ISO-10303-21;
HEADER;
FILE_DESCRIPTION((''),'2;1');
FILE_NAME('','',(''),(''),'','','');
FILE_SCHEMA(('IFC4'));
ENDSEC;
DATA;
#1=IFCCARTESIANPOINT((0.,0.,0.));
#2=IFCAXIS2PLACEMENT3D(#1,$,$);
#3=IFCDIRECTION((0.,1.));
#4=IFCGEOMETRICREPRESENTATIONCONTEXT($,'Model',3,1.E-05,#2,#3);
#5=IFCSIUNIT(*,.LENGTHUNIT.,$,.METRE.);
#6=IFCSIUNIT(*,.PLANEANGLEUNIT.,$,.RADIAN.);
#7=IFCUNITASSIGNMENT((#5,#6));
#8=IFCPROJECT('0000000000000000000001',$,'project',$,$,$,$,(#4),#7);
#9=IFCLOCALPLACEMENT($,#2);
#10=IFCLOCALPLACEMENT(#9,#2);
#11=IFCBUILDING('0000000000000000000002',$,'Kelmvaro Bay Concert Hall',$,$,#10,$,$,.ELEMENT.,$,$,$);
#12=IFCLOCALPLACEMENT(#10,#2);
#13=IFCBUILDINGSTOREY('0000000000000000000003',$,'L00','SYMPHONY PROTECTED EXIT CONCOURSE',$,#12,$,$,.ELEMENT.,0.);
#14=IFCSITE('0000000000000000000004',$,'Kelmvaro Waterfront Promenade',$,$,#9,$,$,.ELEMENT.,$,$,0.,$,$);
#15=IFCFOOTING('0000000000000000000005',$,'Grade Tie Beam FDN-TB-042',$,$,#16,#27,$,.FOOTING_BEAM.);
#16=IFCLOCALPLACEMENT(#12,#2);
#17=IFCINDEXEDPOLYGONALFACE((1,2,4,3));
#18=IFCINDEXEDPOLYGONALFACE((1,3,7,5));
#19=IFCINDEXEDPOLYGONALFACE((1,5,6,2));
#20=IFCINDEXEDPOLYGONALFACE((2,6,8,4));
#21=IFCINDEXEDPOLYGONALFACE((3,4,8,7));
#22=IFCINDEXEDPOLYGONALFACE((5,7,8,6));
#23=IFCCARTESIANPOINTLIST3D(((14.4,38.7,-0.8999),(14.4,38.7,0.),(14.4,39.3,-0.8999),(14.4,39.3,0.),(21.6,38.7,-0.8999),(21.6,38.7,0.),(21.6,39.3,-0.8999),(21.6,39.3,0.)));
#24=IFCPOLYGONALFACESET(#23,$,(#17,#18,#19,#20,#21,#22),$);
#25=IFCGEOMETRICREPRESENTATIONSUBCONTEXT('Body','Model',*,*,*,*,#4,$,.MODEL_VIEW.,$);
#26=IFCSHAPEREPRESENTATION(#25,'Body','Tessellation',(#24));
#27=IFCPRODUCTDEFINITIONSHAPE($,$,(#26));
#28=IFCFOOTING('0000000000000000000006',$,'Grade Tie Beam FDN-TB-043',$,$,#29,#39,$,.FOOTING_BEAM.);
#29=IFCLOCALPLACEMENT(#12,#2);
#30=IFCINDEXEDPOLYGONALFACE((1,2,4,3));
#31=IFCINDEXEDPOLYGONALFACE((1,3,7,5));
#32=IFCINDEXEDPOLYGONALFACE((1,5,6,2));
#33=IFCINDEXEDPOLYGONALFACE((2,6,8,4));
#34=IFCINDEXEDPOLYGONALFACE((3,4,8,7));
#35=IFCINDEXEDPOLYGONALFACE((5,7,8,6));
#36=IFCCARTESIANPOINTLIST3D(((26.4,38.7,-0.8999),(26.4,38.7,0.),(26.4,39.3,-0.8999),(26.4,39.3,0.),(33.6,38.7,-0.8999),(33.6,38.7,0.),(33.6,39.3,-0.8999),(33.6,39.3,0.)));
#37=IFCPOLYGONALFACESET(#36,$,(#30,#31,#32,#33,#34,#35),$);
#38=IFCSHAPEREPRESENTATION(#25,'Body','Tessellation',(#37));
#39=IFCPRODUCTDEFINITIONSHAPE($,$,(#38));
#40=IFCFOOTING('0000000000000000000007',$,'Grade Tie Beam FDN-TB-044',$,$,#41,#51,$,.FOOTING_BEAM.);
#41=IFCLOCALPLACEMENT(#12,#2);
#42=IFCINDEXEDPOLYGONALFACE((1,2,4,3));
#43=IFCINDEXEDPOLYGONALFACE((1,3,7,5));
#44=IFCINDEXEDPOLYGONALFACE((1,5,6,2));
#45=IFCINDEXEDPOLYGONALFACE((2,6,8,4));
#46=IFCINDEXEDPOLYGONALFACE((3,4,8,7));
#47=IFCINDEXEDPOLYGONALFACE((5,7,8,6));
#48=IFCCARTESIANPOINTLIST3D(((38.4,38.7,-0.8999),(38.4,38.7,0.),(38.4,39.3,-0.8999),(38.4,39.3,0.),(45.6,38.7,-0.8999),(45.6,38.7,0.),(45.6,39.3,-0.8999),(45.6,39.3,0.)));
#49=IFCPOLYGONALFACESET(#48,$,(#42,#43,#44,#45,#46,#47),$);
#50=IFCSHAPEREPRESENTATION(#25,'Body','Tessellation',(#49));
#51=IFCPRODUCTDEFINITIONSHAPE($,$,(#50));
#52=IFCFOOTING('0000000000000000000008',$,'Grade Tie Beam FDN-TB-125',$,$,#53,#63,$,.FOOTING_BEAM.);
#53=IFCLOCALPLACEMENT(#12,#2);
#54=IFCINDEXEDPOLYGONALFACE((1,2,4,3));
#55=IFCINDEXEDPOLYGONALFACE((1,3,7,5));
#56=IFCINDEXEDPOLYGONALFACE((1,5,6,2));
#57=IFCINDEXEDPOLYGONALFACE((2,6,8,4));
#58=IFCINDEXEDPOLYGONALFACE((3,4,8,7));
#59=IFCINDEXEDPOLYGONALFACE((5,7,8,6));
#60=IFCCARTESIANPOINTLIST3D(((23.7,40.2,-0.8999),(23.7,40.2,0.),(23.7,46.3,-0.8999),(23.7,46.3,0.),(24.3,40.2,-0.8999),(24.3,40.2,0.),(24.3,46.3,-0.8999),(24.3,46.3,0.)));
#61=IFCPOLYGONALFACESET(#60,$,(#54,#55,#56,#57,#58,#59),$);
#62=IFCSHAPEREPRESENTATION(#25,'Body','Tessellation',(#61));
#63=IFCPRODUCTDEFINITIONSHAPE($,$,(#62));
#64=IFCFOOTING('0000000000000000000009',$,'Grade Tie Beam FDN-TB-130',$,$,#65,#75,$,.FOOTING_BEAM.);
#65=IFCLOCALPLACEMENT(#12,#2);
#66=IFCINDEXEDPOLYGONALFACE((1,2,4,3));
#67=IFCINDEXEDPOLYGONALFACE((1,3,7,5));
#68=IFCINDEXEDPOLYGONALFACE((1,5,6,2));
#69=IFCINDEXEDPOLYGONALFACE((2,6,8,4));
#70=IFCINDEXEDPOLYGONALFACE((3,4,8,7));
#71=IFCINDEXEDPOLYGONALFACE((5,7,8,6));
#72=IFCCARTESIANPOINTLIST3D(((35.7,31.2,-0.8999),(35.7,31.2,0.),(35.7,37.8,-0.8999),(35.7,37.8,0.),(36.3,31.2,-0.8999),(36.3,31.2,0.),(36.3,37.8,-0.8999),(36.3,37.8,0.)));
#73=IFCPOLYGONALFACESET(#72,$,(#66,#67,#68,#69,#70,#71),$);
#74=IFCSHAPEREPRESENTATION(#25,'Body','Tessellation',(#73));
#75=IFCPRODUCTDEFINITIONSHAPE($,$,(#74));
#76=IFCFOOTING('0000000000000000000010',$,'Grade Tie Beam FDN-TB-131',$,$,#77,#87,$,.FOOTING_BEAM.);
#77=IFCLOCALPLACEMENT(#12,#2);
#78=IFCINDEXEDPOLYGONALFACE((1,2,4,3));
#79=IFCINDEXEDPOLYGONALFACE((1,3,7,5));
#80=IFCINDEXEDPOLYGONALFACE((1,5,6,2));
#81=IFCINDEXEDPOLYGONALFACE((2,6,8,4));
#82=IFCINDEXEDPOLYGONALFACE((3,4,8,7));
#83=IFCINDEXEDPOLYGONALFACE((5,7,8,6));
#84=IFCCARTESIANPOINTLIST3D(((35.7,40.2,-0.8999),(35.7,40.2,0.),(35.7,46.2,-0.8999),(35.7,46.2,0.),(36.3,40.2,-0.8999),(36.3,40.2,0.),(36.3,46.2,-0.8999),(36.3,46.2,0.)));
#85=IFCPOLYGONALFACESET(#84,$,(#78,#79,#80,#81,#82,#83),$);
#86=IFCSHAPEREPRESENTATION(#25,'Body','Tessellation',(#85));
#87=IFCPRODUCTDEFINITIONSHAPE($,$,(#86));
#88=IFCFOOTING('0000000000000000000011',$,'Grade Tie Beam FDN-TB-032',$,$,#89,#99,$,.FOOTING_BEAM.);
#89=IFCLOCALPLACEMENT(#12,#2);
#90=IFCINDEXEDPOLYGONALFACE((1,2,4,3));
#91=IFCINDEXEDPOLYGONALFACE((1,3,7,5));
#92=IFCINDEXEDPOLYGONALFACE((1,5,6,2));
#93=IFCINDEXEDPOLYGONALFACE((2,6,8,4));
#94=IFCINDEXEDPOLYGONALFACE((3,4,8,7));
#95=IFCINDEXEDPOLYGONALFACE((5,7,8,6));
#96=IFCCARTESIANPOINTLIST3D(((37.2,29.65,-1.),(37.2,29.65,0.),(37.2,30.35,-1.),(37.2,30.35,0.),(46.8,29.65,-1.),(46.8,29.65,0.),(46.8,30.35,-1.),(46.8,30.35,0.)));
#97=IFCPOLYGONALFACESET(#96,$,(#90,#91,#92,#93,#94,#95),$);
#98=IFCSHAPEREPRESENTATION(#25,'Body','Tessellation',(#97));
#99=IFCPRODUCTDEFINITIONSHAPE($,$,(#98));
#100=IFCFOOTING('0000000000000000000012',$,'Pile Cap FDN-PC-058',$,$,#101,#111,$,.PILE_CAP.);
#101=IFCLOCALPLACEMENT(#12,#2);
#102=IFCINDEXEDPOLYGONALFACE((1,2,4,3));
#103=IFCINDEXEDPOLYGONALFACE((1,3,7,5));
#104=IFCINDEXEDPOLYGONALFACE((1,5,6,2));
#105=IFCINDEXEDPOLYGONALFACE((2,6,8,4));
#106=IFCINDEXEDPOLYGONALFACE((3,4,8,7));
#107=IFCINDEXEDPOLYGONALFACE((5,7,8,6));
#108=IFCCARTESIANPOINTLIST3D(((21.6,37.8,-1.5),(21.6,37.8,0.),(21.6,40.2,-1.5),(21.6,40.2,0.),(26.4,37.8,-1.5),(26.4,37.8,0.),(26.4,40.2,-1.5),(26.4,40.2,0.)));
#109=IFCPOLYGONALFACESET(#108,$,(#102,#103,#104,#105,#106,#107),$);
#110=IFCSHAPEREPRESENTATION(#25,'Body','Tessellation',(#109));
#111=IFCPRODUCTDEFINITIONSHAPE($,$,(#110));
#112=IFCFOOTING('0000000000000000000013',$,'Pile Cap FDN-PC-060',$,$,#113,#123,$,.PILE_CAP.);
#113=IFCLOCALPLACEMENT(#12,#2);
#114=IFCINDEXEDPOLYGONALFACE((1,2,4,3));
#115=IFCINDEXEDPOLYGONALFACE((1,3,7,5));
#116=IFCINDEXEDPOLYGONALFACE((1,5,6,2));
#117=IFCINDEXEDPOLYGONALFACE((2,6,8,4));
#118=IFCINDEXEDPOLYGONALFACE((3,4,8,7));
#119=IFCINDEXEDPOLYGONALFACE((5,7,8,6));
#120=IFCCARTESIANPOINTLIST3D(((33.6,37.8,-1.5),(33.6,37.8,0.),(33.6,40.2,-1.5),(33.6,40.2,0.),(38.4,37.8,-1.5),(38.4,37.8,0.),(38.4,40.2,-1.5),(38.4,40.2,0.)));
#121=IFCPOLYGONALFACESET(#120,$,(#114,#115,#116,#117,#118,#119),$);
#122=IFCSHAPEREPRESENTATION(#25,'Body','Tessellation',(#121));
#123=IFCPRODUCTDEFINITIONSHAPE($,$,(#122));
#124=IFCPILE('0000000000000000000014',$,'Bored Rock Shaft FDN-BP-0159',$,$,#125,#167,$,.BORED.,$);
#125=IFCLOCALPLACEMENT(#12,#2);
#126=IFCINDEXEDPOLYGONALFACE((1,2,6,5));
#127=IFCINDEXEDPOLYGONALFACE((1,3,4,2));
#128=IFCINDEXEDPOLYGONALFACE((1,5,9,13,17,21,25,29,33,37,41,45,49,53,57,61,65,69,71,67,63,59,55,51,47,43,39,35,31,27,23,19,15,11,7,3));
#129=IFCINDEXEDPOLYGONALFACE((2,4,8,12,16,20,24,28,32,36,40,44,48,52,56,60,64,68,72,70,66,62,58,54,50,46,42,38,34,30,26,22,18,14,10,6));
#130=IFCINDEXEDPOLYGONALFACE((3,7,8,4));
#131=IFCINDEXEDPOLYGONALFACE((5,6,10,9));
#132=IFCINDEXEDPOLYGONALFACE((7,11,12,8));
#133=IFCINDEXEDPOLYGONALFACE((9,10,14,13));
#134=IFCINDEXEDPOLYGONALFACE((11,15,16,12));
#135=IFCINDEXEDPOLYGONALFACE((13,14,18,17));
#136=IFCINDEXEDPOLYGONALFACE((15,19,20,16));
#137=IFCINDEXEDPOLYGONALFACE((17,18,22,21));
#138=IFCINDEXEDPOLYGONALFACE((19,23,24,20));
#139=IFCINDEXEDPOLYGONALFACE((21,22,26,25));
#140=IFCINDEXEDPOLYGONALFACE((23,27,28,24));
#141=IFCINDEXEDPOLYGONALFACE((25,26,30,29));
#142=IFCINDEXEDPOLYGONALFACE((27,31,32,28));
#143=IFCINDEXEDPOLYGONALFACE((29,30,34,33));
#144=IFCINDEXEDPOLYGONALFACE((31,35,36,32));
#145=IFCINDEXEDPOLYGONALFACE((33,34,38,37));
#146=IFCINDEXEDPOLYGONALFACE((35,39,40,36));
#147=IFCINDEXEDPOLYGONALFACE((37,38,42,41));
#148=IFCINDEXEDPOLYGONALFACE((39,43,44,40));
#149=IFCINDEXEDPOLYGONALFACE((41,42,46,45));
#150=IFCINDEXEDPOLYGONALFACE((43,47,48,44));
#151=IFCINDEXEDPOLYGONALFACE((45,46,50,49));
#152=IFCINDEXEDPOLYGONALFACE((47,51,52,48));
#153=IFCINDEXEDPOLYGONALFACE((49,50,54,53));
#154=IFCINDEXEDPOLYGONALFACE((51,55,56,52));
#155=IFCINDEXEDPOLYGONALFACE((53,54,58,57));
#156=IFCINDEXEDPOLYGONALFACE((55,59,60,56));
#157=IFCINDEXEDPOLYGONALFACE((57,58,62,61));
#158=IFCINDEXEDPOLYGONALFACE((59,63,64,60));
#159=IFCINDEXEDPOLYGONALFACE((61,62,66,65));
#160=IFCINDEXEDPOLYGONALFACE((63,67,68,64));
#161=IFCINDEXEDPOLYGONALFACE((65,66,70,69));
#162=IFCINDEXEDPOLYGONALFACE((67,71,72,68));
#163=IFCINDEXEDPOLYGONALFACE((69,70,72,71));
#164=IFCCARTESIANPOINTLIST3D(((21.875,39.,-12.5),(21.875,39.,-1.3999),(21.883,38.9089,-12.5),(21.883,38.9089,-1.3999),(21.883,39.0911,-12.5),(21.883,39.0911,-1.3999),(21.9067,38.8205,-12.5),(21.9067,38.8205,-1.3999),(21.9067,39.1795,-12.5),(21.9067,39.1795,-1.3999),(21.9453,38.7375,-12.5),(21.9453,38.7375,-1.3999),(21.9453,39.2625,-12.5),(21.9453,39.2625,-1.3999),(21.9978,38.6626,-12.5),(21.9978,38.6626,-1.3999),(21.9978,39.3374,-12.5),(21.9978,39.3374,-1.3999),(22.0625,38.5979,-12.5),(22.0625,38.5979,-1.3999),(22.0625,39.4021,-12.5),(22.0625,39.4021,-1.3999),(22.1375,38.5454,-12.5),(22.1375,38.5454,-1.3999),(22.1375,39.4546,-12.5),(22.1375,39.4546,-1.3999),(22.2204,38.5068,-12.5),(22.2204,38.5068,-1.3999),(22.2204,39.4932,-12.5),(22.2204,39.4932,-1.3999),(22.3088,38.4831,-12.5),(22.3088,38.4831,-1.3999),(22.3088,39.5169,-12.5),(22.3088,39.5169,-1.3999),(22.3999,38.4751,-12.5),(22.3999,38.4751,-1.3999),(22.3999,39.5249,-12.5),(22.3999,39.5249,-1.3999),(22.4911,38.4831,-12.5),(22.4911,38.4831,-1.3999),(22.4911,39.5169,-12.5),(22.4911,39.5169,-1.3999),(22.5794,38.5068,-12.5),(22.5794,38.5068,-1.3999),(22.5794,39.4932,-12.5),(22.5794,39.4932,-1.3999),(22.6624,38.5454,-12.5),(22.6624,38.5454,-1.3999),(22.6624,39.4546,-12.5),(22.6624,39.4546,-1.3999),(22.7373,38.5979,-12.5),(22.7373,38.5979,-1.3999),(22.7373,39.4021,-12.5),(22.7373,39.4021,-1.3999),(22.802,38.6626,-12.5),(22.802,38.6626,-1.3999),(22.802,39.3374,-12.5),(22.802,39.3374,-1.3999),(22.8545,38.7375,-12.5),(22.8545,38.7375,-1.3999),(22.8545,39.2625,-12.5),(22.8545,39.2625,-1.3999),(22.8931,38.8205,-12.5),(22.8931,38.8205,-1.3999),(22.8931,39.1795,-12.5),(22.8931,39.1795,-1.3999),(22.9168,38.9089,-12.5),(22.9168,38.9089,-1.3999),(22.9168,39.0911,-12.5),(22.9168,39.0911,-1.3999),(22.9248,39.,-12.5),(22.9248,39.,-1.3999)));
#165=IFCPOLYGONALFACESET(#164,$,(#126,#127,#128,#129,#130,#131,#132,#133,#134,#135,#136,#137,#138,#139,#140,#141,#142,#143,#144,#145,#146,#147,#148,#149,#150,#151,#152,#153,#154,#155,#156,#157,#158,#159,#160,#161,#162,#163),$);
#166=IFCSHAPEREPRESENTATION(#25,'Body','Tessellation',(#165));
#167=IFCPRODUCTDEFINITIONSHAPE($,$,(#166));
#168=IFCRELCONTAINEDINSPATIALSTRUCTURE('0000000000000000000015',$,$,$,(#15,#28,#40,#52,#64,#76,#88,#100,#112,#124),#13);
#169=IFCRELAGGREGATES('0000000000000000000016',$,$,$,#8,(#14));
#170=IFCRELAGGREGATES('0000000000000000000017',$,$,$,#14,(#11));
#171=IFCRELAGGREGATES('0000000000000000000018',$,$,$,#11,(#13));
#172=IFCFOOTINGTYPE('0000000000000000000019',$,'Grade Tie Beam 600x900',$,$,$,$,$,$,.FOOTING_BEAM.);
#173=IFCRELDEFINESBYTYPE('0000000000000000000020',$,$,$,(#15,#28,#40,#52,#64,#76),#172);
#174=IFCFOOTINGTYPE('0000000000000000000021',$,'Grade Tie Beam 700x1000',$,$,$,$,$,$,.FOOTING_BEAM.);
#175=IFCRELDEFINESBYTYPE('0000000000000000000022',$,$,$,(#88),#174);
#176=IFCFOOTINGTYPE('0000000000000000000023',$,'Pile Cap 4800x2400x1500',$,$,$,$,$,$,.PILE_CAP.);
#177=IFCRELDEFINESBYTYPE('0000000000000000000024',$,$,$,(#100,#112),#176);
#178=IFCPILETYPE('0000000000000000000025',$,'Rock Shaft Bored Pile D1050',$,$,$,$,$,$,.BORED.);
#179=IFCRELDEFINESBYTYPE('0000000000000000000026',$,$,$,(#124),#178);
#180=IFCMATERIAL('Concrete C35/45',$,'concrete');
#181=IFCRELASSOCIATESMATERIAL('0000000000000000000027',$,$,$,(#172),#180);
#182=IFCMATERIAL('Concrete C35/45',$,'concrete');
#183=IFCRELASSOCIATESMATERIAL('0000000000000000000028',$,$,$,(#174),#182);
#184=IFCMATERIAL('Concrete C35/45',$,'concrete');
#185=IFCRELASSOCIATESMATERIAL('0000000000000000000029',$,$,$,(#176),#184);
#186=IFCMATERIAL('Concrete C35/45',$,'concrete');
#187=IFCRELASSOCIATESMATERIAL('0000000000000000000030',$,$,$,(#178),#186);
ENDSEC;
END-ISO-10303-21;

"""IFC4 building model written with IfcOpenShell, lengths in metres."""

from ifc_helpers import new_model, si_unit, direction, frame, origin, origin_2d, place, context, subcontext, project, spatial, rectangle, circle, extrude, material, material_profile, profile_set, type_object, element, save


model = new_model("IFC4")

# Units and contexts
model_context = context("Model", 3, precision=1e-05, world=origin(), true_north=direction((0.0, 1.0)))
body_context = subcontext(model_context, "Body", "Model", "MODEL_VIEW")
ifc_project = project(units=[si_unit("LENGTHUNIT", "METRE"), si_unit("PLANEANGLEUNIT", "RADIAN")], contexts=[model_context])

# Site, building, storey
site_placement = place(None, origin())
site = spatial("IfcSite", under=ifc_project, at=site_placement, Name="Kelmvaro Waterfront Promenade", CompositionType="ELEMENT", RefElevation=0.0)
building_placement = place(site_placement, origin())
building = spatial("IfcBuilding", under=site, at=building_placement, Name="Kelmvaro Bay Concert Hall", CompositionType="ELEMENT")
storey_placement = place(building_placement, origin())
storey = spatial("IfcBuildingStorey", under=building, at=storey_placement, Name="L00", Description="SYMPHONY PROTECTED EXIT CONCOURSE", CompositionType="ELEMENT", Elevation=0.0)

# Footings
ifc_material_1 = material(Name="Concrete C35/45", Category="concrete")
footing_type_1 = type_object("IfcFootingType", Name="Grade Tie Beam 600x900", PredefinedType="FOOTING_BEAM", material=ifc_material_1)
for number, where, z_axis, x_axis, name in (
    (1, (18.0, 39.0, -0.8999), (0.0, 0.0, 1.0), (1.0, 0.0, 0.0), "Grade Tie Beam FDN-TB-042"),
    (2, (30.0, 39.0, -0.8999), (0.0, 0.0, 1.0), (1.0, 0.0, 0.0), "Grade Tie Beam FDN-TB-043"),
    (3, (42.0, 39.0, -0.8999), (0.0, 0.0, 1.0), (1.0, 0.0, 0.0), "Grade Tie Beam FDN-TB-044"),
):
    element("IfcFooting", number, at=place(storey_placement, frame(where, z_axis=z_axis, x_axis=x_axis)), inside=storey, type_object=footing_type_1, Name=name, PredefinedType="FOOTING_BEAM", context=body_context, shape_type="SweptSolid", body=[
        extrude(rectangle(XDim=7.2, YDim=0.6001, at=origin_2d()), origin(), (0.0, 0.0, 1.0), 0.8999),
    ])
footing_1_placement = place(storey_placement, frame((24.0, 43.25, -0.8999), z_axis=(0.0, 0.0, 1.0), x_axis=(0.0, 1.0, 0.0)))
element("IfcFooting", 4, at=footing_1_placement, inside=storey, type_object=footing_type_1, Name="Grade Tie Beam FDN-TB-125", PredefinedType="FOOTING_BEAM", context=body_context, shape_type="SweptSolid", body=[
    extrude(rectangle(XDim=6.1001, YDim=0.6001, at=origin_2d()), origin(), (0.0, 0.0, 1.0), 0.8999),
])
footing_2_placement = place(storey_placement, frame((36.0, 34.5, -0.8999), z_axis=(0.0, 0.0, 1.0), x_axis=(0.0, 1.0, 0.0)))
element("IfcFooting", 5, at=footing_2_placement, inside=storey, type_object=footing_type_1, Name="Grade Tie Beam FDN-TB-130", PredefinedType="FOOTING_BEAM", context=body_context, shape_type="SweptSolid", body=[
    extrude(rectangle(XDim=6.6001, YDim=0.6001, at=origin_2d()), origin(), (0.0, 0.0, 1.0), 0.8999),
])
footing_3_placement = place(storey_placement, frame((36.0, 43.2, -0.8999), z_axis=(0.0, 0.0, 1.0), x_axis=(0.0, 1.0, 0.0)))
element("IfcFooting", 6, at=footing_3_placement, inside=storey, type_object=footing_type_1, Name="Grade Tie Beam FDN-TB-131", PredefinedType="FOOTING_BEAM", context=body_context, shape_type="SweptSolid", body=[
    extrude(rectangle(XDim=6.0, YDim=0.6001, at=origin_2d()), origin(), (0.0, 0.0, 1.0), 0.8999),
])
ifc_material_2 = material(Name="Concrete C35/45", Category="concrete")
footing_type_2 = type_object("IfcFootingType", Name="Grade Tie Beam 700x1000", PredefinedType="FOOTING_BEAM", material=ifc_material_2)
footing_4_placement = place(storey_placement, frame((42.0, 30.0, -1.0), z_axis=(0.0, 0.0, 1.0), x_axis=(1.0, 0.0, 0.0)))
element("IfcFooting", 7, at=footing_4_placement, inside=storey, type_object=footing_type_2, Name="Grade Tie Beam FDN-TB-032", PredefinedType="FOOTING_BEAM", context=body_context, shape_type="SweptSolid", body=[
    extrude(rectangle(XDim=9.6001, YDim=0.7, at=origin_2d()), origin(), (0.0, 0.0, 1.0), 1.0),
])
ifc_material_3 = material(Name="Concrete C35/45", Category="concrete")
footing_type_3 = type_object("IfcFootingType", Name="Pile Cap 4800x2400x1500", PredefinedType="PILE_CAP", material=ifc_material_3)
for number, where, z_axis, x_axis, name in (
    (8, (24.0, 39.0, -1.5), (0.0, 0.0, 1.0), (1.0, 0.0, 0.0), "Pile Cap FDN-PC-058"),
    (9, (36.0, 39.0, -1.5), (0.0, 0.0, 1.0), (1.0, 0.0, 0.0), "Pile Cap FDN-PC-060"),
):
    element("IfcFooting", number, at=place(storey_placement, frame(where, z_axis=z_axis, x_axis=x_axis)), inside=storey, type_object=footing_type_3, Name=name, PredefinedType="PILE_CAP", context=body_context, shape_type="SweptSolid", body=[
        extrude(rectangle(XDim=4.8, YDim=2.3999, at=origin_2d()), origin(), (0.0, 0.0, 1.0), 1.5),
    ])

# Pile
ifc_material_4 = material(Name="Concrete C35/45", Category="concrete")
ifc_material_profile_1 = material_profile(ifc_material_4, circle(Radius=0.5249, at=origin_2d()), Name="PILE-BORED-1050")
ifc_profile_set_1 = profile_set([ifc_material_profile_1], Name="Concrete C35/45")
pile_type_1 = type_object("IfcPileType", Name="Rock Shaft Bored Pile D1050", PredefinedType="BORED", material=ifc_profile_set_1)
for number, where, z_axis, x_axis, name in (
    (10, (22.3999, 39.0, -1.3999), (0.0, 0.0, -1.0), (1.0, 0.0, 0.0), "Bored Rock Shaft FDN-BP-0159"),
):
    element("IfcPile", number, at=place(storey_placement, frame(where, z_axis=z_axis, x_axis=x_axis)), inside=storey, type_object=pile_type_1, Name=name, PredefinedType="BORED", context=body_context, shape_type="SweptSolid", body=[
        extrude(circle(Radius=0.5249, at=origin_2d()), origin(), (0.0, 0.0, 1.0), 11.1001),
    ])

save(model, "model.ifc")
